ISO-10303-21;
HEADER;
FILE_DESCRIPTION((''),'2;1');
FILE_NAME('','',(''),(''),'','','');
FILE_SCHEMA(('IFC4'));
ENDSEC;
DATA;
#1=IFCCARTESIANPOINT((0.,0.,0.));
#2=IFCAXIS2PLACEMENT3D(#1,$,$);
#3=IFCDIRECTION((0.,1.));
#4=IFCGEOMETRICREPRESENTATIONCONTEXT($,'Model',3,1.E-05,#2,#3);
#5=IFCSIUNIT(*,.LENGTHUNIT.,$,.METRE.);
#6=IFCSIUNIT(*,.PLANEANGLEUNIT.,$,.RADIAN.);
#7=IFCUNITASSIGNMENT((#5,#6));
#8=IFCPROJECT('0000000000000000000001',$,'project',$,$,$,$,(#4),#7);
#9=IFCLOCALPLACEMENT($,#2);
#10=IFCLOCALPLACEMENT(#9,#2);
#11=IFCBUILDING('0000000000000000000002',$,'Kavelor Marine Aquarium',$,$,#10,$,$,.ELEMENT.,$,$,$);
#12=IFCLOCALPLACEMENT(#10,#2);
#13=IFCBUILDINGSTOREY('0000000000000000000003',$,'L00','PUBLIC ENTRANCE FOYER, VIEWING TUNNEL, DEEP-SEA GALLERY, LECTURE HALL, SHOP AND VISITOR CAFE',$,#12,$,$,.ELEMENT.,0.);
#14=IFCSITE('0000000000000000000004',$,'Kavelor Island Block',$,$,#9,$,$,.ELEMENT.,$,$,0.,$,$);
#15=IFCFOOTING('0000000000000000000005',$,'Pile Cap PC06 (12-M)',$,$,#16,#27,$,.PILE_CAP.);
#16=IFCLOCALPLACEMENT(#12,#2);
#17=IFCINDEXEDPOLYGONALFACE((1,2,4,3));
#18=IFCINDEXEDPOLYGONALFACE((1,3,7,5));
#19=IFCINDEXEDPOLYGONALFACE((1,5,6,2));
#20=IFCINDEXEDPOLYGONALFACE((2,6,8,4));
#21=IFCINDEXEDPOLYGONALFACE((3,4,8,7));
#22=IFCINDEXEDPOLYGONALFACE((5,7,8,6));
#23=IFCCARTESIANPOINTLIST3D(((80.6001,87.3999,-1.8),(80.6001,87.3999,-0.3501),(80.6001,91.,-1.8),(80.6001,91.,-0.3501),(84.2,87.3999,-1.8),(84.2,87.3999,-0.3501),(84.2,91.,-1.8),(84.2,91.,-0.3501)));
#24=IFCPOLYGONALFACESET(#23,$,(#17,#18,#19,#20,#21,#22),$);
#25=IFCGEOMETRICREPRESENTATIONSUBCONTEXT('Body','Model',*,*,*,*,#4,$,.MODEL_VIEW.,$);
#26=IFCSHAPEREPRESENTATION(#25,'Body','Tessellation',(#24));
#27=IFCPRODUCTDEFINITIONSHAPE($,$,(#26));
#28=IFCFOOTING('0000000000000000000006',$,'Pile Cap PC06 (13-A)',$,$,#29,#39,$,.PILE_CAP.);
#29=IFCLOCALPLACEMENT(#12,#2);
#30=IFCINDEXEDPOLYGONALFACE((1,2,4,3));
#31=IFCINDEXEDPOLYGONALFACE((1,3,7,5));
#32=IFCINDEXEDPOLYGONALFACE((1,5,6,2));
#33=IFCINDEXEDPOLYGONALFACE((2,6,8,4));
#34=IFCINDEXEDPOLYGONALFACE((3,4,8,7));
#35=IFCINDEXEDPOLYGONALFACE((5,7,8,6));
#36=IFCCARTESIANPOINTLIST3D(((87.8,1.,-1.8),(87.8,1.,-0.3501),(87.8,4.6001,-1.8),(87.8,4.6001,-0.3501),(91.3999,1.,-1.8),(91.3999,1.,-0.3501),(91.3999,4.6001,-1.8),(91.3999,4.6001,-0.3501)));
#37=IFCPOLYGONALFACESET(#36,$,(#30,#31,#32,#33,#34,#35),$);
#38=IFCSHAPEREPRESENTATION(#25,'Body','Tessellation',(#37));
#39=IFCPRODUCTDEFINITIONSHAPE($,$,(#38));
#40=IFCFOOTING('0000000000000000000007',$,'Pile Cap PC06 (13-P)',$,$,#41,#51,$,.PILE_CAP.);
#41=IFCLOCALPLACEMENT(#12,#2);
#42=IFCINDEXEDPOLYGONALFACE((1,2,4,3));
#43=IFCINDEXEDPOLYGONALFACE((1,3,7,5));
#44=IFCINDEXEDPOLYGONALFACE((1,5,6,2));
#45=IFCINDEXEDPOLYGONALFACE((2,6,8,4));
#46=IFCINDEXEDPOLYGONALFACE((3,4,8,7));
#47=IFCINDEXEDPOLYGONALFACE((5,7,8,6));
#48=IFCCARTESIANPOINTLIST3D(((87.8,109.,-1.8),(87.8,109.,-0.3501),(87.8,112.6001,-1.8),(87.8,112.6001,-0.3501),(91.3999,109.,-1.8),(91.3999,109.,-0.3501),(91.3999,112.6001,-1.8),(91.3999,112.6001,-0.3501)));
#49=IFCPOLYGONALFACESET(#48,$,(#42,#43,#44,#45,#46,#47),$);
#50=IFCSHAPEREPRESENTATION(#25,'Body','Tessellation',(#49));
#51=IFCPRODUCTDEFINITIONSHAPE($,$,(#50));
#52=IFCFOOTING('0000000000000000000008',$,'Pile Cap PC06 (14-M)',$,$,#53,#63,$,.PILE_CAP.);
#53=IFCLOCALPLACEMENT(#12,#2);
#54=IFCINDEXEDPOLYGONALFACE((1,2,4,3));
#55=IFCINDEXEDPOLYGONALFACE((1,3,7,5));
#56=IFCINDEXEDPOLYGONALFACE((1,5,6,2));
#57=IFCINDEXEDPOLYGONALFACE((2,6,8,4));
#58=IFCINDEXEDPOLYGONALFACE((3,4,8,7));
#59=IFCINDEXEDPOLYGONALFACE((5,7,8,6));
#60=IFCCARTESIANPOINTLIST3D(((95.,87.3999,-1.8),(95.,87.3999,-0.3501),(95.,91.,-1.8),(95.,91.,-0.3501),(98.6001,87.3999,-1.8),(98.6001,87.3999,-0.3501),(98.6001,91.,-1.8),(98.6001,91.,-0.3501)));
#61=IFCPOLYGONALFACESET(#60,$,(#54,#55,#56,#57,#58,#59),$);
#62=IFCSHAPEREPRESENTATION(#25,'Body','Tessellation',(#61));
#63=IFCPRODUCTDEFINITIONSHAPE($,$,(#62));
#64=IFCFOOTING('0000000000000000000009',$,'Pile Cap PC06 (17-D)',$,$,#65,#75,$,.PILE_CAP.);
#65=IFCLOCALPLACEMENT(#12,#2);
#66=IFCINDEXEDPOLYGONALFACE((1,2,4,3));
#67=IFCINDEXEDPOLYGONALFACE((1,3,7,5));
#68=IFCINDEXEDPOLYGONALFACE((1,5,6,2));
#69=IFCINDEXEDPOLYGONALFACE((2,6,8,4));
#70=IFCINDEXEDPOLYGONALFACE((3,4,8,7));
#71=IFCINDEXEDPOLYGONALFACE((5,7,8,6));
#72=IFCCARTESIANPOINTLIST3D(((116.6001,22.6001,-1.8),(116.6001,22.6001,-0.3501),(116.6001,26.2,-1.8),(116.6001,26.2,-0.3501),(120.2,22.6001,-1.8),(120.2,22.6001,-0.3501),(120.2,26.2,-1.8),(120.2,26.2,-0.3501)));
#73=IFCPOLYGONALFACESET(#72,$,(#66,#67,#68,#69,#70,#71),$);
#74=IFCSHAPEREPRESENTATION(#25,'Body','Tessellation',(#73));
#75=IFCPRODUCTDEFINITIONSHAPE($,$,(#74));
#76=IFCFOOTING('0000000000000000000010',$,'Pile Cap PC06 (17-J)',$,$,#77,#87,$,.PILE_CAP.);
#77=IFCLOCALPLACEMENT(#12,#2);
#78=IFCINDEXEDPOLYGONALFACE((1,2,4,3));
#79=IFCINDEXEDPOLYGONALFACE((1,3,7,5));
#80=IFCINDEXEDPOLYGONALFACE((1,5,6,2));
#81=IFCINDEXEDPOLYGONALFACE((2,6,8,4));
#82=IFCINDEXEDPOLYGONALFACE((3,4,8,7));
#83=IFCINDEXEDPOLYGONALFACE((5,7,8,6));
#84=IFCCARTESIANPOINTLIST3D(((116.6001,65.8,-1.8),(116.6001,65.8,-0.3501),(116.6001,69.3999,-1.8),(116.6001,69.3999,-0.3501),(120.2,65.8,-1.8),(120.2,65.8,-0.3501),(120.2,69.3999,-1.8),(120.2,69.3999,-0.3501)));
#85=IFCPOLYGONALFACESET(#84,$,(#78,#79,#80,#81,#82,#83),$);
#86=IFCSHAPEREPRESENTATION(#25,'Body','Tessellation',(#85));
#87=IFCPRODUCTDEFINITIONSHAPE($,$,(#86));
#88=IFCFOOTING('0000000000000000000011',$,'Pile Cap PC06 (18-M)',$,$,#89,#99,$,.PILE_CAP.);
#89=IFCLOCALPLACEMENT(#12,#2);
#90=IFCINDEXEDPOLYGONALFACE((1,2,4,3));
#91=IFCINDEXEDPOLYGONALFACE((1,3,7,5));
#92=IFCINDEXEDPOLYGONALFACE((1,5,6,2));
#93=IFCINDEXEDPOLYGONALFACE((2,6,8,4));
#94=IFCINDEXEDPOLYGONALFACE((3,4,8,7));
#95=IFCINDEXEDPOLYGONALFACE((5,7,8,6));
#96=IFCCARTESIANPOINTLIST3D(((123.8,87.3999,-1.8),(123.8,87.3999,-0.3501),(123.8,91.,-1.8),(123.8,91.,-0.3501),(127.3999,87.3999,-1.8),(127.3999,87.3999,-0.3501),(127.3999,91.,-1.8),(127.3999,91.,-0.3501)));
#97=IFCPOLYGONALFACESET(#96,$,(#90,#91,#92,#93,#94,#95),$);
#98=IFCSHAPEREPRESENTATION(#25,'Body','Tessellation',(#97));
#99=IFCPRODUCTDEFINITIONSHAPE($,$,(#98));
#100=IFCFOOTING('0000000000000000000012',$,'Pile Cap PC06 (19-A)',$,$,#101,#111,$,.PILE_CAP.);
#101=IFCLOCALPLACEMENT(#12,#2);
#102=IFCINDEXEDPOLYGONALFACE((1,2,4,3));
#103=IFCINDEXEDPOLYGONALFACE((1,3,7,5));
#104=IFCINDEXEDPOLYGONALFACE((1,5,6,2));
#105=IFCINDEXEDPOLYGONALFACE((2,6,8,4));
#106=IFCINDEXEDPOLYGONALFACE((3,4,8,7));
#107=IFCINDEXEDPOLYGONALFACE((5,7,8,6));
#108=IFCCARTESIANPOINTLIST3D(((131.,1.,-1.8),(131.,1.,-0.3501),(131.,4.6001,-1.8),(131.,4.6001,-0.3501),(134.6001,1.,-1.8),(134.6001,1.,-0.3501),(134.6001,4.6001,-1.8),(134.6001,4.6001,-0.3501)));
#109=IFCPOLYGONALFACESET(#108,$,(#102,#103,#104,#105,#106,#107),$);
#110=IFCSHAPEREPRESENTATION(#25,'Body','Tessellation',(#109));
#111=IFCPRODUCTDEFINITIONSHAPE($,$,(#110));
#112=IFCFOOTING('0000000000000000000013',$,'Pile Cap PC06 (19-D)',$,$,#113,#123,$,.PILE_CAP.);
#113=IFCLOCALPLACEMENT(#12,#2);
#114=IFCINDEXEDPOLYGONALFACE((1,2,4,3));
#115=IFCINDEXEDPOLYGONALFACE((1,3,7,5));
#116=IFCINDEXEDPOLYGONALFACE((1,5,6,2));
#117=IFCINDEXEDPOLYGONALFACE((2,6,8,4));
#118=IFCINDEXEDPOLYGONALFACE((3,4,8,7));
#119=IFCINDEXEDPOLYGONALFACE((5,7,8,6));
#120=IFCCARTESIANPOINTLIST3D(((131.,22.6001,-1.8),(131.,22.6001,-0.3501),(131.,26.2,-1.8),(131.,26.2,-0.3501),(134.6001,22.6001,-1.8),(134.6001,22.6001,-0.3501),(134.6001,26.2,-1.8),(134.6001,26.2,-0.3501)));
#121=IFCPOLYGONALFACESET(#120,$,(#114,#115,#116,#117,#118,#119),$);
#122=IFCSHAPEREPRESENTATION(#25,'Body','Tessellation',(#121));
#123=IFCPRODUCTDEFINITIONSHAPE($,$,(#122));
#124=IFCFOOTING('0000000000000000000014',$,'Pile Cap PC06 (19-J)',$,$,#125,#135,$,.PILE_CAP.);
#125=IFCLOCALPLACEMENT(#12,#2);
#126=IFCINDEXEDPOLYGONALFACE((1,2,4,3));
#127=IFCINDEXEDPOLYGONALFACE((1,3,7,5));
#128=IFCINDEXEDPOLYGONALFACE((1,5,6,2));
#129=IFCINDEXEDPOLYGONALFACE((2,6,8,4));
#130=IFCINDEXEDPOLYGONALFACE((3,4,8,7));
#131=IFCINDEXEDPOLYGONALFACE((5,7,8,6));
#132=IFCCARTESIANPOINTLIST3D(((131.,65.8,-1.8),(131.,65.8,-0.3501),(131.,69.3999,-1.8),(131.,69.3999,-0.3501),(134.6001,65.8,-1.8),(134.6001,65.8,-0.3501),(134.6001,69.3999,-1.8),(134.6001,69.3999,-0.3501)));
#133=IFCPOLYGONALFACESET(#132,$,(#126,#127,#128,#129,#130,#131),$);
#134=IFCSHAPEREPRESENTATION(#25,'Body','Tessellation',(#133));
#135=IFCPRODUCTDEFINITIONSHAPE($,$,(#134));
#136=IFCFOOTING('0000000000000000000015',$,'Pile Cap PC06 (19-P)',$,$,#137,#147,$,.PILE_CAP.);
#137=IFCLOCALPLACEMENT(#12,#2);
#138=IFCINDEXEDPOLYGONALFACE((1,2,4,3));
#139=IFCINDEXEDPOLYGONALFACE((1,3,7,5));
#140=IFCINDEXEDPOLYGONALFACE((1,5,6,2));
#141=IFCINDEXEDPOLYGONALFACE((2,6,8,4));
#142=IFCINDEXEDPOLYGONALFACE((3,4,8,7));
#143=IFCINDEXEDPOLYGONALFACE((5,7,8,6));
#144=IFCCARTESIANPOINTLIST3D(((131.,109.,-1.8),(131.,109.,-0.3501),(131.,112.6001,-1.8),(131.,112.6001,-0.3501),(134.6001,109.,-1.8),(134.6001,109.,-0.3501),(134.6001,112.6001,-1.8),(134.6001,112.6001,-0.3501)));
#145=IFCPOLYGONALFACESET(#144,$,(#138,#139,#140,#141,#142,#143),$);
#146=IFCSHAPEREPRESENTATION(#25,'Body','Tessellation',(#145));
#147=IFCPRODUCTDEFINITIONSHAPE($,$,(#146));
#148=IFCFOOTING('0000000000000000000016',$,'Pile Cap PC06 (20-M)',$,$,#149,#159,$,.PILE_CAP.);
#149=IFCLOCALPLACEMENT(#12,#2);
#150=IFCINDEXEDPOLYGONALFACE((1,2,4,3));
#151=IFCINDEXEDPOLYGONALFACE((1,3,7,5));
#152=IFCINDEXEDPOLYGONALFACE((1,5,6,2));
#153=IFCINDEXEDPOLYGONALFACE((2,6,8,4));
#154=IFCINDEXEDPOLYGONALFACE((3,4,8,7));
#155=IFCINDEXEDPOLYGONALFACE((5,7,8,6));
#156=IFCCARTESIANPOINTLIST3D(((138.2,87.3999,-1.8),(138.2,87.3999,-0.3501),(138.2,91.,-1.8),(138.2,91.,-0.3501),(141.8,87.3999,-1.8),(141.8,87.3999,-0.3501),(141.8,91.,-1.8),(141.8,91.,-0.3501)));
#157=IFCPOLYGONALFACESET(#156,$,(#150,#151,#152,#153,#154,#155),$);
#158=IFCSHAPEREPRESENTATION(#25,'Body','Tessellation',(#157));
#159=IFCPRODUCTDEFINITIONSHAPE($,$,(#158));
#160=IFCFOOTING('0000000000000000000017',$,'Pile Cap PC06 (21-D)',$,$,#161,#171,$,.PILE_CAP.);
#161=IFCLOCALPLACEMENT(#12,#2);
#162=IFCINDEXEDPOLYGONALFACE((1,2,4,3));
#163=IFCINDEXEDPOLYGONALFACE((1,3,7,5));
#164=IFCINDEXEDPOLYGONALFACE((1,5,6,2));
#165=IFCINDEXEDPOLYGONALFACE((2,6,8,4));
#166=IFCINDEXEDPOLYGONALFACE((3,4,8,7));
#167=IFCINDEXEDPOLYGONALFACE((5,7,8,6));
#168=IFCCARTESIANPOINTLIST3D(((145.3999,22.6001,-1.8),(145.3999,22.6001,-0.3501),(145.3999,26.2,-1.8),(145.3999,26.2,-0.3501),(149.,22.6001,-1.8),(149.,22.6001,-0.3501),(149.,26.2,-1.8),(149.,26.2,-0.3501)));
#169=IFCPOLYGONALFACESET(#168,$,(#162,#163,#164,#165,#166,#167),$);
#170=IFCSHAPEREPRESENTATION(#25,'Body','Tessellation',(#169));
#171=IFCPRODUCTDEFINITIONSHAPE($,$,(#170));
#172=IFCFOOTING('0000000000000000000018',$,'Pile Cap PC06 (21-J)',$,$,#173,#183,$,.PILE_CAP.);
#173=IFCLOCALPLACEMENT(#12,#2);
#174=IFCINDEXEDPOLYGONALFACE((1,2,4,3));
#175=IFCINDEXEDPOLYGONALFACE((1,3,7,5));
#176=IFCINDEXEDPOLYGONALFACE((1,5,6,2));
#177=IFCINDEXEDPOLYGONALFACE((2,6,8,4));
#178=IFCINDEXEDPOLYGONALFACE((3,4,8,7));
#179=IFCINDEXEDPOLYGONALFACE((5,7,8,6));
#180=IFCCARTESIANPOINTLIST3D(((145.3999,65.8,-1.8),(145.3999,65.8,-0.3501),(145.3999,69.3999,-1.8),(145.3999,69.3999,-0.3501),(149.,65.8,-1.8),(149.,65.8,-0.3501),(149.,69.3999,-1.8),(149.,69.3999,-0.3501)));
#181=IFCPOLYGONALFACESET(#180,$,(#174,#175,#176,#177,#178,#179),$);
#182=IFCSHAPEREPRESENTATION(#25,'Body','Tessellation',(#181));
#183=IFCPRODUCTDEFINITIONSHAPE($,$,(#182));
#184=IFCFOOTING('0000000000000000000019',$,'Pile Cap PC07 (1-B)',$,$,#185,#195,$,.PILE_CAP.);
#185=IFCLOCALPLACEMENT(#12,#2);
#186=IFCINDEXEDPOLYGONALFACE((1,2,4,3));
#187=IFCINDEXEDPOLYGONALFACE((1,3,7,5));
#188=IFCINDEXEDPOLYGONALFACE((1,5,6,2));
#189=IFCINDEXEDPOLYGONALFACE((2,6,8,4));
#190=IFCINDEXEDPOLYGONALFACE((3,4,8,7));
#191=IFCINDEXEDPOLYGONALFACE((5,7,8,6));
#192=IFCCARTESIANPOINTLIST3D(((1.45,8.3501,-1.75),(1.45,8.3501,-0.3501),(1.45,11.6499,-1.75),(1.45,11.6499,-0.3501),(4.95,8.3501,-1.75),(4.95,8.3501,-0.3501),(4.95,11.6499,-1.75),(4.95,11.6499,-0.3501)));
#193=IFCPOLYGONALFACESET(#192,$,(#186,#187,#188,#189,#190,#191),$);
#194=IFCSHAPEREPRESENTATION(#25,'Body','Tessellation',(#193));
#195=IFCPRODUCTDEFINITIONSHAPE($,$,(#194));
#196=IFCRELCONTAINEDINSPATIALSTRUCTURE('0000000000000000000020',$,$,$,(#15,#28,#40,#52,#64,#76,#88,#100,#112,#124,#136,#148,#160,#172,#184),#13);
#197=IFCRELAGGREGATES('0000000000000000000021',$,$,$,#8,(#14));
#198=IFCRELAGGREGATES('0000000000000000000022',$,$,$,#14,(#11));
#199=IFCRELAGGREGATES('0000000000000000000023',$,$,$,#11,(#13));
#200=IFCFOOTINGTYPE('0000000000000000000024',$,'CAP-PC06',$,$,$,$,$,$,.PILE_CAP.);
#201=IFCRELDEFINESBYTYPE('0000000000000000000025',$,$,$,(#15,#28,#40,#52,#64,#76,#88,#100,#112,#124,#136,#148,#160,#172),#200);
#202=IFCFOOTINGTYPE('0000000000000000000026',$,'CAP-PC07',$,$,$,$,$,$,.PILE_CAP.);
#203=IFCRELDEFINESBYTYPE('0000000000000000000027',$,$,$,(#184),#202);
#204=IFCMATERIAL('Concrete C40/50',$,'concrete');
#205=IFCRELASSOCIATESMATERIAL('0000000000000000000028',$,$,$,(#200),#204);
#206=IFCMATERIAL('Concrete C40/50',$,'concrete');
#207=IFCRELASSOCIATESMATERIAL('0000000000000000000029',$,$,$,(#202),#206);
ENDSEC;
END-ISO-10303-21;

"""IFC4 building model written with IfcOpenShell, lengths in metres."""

from ifc_helpers import new_model, si_unit, direction, frame, origin, place, context, subcontext, project, spatial, polyline, outline, extrude, material, type_object, element, save


model = new_model("IFC4")

# Units and contexts
model_context = context("Model", 3, precision=1e-05, world=origin(), true_north=direction((0.0, 1.0)))
body_context = subcontext(model_context, "Body", "Model", "MODEL_VIEW")
ifc_project = project(units=[si_unit("LENGTHUNIT", "METRE"), si_unit("PLANEANGLEUNIT", "RADIAN")], contexts=[model_context])

# Site, building, storey
site_placement = place(None, origin())
site = spatial("IfcSite", under=ifc_project, at=site_placement, Name="Kavelor Island Block", CompositionType="ELEMENT", RefElevation=0.0)
building_placement = place(site_placement, origin())
building = spatial("IfcBuilding", under=site, at=building_placement, Name="Kavelor Marine Aquarium", CompositionType="ELEMENT")
storey_placement = place(building_placement, origin())
storey = spatial("IfcBuildingStorey", under=building, at=storey_placement, Name="L00", Description="PUBLIC ENTRANCE FOYER, VIEWING TUNNEL, DEEP-SEA GALLERY, LECTURE HALL, SHOP AND VISITOR CAFE", CompositionType="ELEMENT", Elevation=0.0)

# Footings
ifc_material_1 = material(Name="Concrete C40/50", Category="concrete")
footing_type_1 = type_object("IfcFootingType", Name="CAP-PC06", PredefinedType="PILE_CAP", material=ifc_material_1)
footing_1_placement = place(storey_placement, frame((0.0, 0.0, -1.8)))
element("IfcFooting", 1, at=footing_1_placement, inside=storey, type_object=footing_type_1, Name="Pile Cap PC06 (12-M)", PredefinedType="PILE_CAP", context=body_context, shape_type="SweptSolid", body=[
    extrude(outline(polyline([(80.6001, 87.3999), (84.2, 87.3999), (84.2, 91.0), (80.6001, 91.0), (80.6001, 87.3999)])), origin(), (0.0, 0.0, 1.0), 1.45),
])
footing_2_placement = place(storey_placement, frame((0.0, 0.0, -1.8)))
element("IfcFooting", 2, at=footing_2_placement, inside=storey, type_object=footing_type_1, Name="Pile Cap PC06 (13-A)", PredefinedType="PILE_CAP", context=body_context, shape_type="SweptSolid", body=[
    extrude(outline(polyline([(87.8, 1.0), (91.3999, 1.0), (91.3999, 4.6001), (87.8, 4.6001), (87.8, 1.0)])), origin(), (0.0, 0.0, 1.0), 1.45),
])
footing_3_placement = place(storey_placement, frame((0.0, 0.0, -1.8)))
element("IfcFooting", 3, at=footing_3_placement, inside=storey, type_object=footing_type_1, Name="Pile Cap PC06 (13-P)", PredefinedType="PILE_CAP", context=body_context, shape_type="SweptSolid", body=[
    extrude(outline(polyline([(87.8, 109.0), (91.3999, 109.0), (91.3999, 112.6001), (87.8, 112.6001), (87.8, 109.0)])), origin(), (0.0, 0.0, 1.0), 1.45),
])
footing_4_placement = place(storey_placement, frame((0.0, 0.0, -1.8)))
element("IfcFooting", 4, at=footing_4_placement, inside=storey, type_object=footing_type_1, Name="Pile Cap PC06 (14-M)", PredefinedType="PILE_CAP", context=body_context, shape_type="SweptSolid", body=[
    extrude(outline(polyline([(95.0, 87.3999), (98.6001, 87.3999), (98.6001, 91.0), (95.0, 91.0), (95.0, 87.3999)])), origin(), (0.0, 0.0, 1.0), 1.45),
])
footing_5_placement = place(storey_placement, frame((0.0, 0.0, -1.8)))
element("IfcFooting", 5, at=footing_5_placement, inside=storey, type_object=footing_type_1, Name="Pile Cap PC06 (17-D)", PredefinedType="PILE_CAP", context=body_context, shape_type="SweptSolid", body=[
    extrude(outline(polyline([(116.6001, 22.6001), (120.2, 22.6001), (120.2, 26.2), (116.6001, 26.2), (116.6001, 22.6001)])), origin(), (0.0, 0.0, 1.0), 1.45),
])
footing_6_placement = place(storey_placement, frame((0.0, 0.0, -1.8)))
element("IfcFooting", 6, at=footing_6_placement, inside=storey, type_object=footing_type_1, Name="Pile Cap PC06 (17-J)", PredefinedType="PILE_CAP", context=body_context, shape_type="SweptSolid", body=[
    extrude(outline(polyline([(116.6001, 65.8), (120.2, 65.8), (120.2, 69.3999), (116.6001, 69.3999), (116.6001, 65.8)])), origin(), (0.0, 0.0, 1.0), 1.45),
])
footing_7_placement = place(storey_placement, frame((0.0, 0.0, -1.8)))
element("IfcFooting", 7, at=footing_7_placement, inside=storey, type_object=footing_type_1, Name="Pile Cap PC06 (18-M)", PredefinedType="PILE_CAP", context=body_context, shape_type="SweptSolid", body=[
    extrude(outline(polyline([(123.8, 87.3999), (127.3999, 87.3999), (127.3999, 91.0), (123.8, 91.0), (123.8, 87.3999)])), origin(), (0.0, 0.0, 1.0), 1.45),
])
footing_8_placement = place(storey_placement, frame((0.0, 0.0, -1.8)))
element("IfcFooting", 8, at=footing_8_placement, inside=storey, type_object=footing_type_1, Name="Pile Cap PC06 (19-A)", PredefinedType="PILE_CAP", context=body_context, shape_type="SweptSolid", body=[
    extrude(outline(polyline([(131.0, 1.0), (134.6001, 1.0), (134.6001, 4.6001), (131.0, 4.6001), (131.0, 1.0)])), origin(), (0.0, 0.0, 1.0), 1.45),
])
footing_9_placement = place(storey_placement, frame((0.0, 0.0, -1.8)))
element("IfcFooting", 9, at=footing_9_placement, inside=storey, type_object=footing_type_1, Name="Pile Cap PC06 (19-D)", PredefinedType="PILE_CAP", context=body_context, shape_type="SweptSolid", body=[
    extrude(outline(polyline([(131.0, 22.6001), (134.6001, 22.6001), (134.6001, 26.2), (131.0, 26.2), (131.0, 22.6001)])), origin(), (0.0, 0.0, 1.0), 1.45),
])
footing_10_placement = place(storey_placement, frame((0.0, 0.0, -1.8)))
element("IfcFooting", 10, at=footing_10_placement, inside=storey, type_object=footing_type_1, Name="Pile Cap PC06 (19-J)", PredefinedType="PILE_CAP", context=body_context, shape_type="SweptSolid", body=[
    extrude(outline(polyline([(131.0, 65.8), (134.6001, 65.8), (134.6001, 69.3999), (131.0, 69.3999), (131.0, 65.8)])), origin(), (0.0, 0.0, 1.0), 1.45),
])
footing_11_placement = place(storey_placement, frame((0.0, 0.0, -1.8)))
element("IfcFooting", 11, at=footing_11_placement, inside=storey, type_object=footing_type_1, Name="Pile Cap PC06 (19-P)", PredefinedType="PILE_CAP", context=body_context, shape_type="SweptSolid", body=[
    extrude(outline(polyline([(131.0, 109.0), (134.6001, 109.0), (134.6001, 112.6001), (131.0, 112.6001), (131.0, 109.0)])), origin(), (0.0, 0.0, 1.0), 1.45),
])
footing_12_placement = place(storey_placement, frame((0.0, 0.0, -1.8)))
element("IfcFooting", 12, at=footing_12_placement, inside=storey, type_object=footing_type_1, Name="Pile Cap PC06 (20-M)", PredefinedType="PILE_CAP", context=body_context, shape_type="SweptSolid", body=[
    extrude(outline(polyline([(138.2, 87.3999), (141.8, 87.3999), (141.8, 91.0), (138.2, 91.0), (138.2, 87.3999)])), origin(), (0.0, 0.0, 1.0), 1.45),
])
footing_13_placement = place(storey_placement, frame((0.0, 0.0, -1.8)))
element("IfcFooting", 13, at=footing_13_placement, inside=storey, type_object=footing_type_1, Name="Pile Cap PC06 (21-D)", PredefinedType="PILE_CAP", context=body_context, shape_type="SweptSolid", body=[
    extrude(outline(polyline([(145.3999, 22.6001), (149.0, 22.6001), (149.0, 26.2), (145.3999, 26.2), (145.3999, 22.6001)])), origin(), (0.0, 0.0, 1.0), 1.45),
])
footing_14_placement = place(storey_placement, frame((0.0, 0.0, -1.8)))
element("IfcFooting", 14, at=footing_14_placement, inside=storey, type_object=footing_type_1, Name="Pile Cap PC06 (21-J)", PredefinedType="PILE_CAP", context=body_context, shape_type="SweptSolid", body=[
    extrude(outline(polyline([(145.3999, 65.8), (149.0, 65.8), (149.0, 69.3999), (145.3999, 69.3999), (145.3999, 65.8)])), origin(), (0.0, 0.0, 1.0), 1.45),
])
ifc_material_2 = material(Name="Concrete C40/50", Category="concrete")
footing_type_2 = type_object("IfcFootingType", Name="CAP-PC07", PredefinedType="PILE_CAP", material=ifc_material_2)
footing_15_placement = place(storey_placement, frame((0.0, 0.0, -1.75)))
element("IfcFooting", 15, at=footing_15_placement, inside=storey, type_object=footing_type_2, Name="Pile Cap PC07 (1-B)", PredefinedType="PILE_CAP", context=body_context, shape_type="SweptSolid", body=[
    extrude(outline(polyline([(1.45, 8.3501), (4.95, 8.3501), (4.95, 11.6499), (1.45, 11.6499), (1.45, 8.3501)])), origin(), (0.0, 0.0, 1.0), 1.3999),
])

save(model, "model.ifc")
